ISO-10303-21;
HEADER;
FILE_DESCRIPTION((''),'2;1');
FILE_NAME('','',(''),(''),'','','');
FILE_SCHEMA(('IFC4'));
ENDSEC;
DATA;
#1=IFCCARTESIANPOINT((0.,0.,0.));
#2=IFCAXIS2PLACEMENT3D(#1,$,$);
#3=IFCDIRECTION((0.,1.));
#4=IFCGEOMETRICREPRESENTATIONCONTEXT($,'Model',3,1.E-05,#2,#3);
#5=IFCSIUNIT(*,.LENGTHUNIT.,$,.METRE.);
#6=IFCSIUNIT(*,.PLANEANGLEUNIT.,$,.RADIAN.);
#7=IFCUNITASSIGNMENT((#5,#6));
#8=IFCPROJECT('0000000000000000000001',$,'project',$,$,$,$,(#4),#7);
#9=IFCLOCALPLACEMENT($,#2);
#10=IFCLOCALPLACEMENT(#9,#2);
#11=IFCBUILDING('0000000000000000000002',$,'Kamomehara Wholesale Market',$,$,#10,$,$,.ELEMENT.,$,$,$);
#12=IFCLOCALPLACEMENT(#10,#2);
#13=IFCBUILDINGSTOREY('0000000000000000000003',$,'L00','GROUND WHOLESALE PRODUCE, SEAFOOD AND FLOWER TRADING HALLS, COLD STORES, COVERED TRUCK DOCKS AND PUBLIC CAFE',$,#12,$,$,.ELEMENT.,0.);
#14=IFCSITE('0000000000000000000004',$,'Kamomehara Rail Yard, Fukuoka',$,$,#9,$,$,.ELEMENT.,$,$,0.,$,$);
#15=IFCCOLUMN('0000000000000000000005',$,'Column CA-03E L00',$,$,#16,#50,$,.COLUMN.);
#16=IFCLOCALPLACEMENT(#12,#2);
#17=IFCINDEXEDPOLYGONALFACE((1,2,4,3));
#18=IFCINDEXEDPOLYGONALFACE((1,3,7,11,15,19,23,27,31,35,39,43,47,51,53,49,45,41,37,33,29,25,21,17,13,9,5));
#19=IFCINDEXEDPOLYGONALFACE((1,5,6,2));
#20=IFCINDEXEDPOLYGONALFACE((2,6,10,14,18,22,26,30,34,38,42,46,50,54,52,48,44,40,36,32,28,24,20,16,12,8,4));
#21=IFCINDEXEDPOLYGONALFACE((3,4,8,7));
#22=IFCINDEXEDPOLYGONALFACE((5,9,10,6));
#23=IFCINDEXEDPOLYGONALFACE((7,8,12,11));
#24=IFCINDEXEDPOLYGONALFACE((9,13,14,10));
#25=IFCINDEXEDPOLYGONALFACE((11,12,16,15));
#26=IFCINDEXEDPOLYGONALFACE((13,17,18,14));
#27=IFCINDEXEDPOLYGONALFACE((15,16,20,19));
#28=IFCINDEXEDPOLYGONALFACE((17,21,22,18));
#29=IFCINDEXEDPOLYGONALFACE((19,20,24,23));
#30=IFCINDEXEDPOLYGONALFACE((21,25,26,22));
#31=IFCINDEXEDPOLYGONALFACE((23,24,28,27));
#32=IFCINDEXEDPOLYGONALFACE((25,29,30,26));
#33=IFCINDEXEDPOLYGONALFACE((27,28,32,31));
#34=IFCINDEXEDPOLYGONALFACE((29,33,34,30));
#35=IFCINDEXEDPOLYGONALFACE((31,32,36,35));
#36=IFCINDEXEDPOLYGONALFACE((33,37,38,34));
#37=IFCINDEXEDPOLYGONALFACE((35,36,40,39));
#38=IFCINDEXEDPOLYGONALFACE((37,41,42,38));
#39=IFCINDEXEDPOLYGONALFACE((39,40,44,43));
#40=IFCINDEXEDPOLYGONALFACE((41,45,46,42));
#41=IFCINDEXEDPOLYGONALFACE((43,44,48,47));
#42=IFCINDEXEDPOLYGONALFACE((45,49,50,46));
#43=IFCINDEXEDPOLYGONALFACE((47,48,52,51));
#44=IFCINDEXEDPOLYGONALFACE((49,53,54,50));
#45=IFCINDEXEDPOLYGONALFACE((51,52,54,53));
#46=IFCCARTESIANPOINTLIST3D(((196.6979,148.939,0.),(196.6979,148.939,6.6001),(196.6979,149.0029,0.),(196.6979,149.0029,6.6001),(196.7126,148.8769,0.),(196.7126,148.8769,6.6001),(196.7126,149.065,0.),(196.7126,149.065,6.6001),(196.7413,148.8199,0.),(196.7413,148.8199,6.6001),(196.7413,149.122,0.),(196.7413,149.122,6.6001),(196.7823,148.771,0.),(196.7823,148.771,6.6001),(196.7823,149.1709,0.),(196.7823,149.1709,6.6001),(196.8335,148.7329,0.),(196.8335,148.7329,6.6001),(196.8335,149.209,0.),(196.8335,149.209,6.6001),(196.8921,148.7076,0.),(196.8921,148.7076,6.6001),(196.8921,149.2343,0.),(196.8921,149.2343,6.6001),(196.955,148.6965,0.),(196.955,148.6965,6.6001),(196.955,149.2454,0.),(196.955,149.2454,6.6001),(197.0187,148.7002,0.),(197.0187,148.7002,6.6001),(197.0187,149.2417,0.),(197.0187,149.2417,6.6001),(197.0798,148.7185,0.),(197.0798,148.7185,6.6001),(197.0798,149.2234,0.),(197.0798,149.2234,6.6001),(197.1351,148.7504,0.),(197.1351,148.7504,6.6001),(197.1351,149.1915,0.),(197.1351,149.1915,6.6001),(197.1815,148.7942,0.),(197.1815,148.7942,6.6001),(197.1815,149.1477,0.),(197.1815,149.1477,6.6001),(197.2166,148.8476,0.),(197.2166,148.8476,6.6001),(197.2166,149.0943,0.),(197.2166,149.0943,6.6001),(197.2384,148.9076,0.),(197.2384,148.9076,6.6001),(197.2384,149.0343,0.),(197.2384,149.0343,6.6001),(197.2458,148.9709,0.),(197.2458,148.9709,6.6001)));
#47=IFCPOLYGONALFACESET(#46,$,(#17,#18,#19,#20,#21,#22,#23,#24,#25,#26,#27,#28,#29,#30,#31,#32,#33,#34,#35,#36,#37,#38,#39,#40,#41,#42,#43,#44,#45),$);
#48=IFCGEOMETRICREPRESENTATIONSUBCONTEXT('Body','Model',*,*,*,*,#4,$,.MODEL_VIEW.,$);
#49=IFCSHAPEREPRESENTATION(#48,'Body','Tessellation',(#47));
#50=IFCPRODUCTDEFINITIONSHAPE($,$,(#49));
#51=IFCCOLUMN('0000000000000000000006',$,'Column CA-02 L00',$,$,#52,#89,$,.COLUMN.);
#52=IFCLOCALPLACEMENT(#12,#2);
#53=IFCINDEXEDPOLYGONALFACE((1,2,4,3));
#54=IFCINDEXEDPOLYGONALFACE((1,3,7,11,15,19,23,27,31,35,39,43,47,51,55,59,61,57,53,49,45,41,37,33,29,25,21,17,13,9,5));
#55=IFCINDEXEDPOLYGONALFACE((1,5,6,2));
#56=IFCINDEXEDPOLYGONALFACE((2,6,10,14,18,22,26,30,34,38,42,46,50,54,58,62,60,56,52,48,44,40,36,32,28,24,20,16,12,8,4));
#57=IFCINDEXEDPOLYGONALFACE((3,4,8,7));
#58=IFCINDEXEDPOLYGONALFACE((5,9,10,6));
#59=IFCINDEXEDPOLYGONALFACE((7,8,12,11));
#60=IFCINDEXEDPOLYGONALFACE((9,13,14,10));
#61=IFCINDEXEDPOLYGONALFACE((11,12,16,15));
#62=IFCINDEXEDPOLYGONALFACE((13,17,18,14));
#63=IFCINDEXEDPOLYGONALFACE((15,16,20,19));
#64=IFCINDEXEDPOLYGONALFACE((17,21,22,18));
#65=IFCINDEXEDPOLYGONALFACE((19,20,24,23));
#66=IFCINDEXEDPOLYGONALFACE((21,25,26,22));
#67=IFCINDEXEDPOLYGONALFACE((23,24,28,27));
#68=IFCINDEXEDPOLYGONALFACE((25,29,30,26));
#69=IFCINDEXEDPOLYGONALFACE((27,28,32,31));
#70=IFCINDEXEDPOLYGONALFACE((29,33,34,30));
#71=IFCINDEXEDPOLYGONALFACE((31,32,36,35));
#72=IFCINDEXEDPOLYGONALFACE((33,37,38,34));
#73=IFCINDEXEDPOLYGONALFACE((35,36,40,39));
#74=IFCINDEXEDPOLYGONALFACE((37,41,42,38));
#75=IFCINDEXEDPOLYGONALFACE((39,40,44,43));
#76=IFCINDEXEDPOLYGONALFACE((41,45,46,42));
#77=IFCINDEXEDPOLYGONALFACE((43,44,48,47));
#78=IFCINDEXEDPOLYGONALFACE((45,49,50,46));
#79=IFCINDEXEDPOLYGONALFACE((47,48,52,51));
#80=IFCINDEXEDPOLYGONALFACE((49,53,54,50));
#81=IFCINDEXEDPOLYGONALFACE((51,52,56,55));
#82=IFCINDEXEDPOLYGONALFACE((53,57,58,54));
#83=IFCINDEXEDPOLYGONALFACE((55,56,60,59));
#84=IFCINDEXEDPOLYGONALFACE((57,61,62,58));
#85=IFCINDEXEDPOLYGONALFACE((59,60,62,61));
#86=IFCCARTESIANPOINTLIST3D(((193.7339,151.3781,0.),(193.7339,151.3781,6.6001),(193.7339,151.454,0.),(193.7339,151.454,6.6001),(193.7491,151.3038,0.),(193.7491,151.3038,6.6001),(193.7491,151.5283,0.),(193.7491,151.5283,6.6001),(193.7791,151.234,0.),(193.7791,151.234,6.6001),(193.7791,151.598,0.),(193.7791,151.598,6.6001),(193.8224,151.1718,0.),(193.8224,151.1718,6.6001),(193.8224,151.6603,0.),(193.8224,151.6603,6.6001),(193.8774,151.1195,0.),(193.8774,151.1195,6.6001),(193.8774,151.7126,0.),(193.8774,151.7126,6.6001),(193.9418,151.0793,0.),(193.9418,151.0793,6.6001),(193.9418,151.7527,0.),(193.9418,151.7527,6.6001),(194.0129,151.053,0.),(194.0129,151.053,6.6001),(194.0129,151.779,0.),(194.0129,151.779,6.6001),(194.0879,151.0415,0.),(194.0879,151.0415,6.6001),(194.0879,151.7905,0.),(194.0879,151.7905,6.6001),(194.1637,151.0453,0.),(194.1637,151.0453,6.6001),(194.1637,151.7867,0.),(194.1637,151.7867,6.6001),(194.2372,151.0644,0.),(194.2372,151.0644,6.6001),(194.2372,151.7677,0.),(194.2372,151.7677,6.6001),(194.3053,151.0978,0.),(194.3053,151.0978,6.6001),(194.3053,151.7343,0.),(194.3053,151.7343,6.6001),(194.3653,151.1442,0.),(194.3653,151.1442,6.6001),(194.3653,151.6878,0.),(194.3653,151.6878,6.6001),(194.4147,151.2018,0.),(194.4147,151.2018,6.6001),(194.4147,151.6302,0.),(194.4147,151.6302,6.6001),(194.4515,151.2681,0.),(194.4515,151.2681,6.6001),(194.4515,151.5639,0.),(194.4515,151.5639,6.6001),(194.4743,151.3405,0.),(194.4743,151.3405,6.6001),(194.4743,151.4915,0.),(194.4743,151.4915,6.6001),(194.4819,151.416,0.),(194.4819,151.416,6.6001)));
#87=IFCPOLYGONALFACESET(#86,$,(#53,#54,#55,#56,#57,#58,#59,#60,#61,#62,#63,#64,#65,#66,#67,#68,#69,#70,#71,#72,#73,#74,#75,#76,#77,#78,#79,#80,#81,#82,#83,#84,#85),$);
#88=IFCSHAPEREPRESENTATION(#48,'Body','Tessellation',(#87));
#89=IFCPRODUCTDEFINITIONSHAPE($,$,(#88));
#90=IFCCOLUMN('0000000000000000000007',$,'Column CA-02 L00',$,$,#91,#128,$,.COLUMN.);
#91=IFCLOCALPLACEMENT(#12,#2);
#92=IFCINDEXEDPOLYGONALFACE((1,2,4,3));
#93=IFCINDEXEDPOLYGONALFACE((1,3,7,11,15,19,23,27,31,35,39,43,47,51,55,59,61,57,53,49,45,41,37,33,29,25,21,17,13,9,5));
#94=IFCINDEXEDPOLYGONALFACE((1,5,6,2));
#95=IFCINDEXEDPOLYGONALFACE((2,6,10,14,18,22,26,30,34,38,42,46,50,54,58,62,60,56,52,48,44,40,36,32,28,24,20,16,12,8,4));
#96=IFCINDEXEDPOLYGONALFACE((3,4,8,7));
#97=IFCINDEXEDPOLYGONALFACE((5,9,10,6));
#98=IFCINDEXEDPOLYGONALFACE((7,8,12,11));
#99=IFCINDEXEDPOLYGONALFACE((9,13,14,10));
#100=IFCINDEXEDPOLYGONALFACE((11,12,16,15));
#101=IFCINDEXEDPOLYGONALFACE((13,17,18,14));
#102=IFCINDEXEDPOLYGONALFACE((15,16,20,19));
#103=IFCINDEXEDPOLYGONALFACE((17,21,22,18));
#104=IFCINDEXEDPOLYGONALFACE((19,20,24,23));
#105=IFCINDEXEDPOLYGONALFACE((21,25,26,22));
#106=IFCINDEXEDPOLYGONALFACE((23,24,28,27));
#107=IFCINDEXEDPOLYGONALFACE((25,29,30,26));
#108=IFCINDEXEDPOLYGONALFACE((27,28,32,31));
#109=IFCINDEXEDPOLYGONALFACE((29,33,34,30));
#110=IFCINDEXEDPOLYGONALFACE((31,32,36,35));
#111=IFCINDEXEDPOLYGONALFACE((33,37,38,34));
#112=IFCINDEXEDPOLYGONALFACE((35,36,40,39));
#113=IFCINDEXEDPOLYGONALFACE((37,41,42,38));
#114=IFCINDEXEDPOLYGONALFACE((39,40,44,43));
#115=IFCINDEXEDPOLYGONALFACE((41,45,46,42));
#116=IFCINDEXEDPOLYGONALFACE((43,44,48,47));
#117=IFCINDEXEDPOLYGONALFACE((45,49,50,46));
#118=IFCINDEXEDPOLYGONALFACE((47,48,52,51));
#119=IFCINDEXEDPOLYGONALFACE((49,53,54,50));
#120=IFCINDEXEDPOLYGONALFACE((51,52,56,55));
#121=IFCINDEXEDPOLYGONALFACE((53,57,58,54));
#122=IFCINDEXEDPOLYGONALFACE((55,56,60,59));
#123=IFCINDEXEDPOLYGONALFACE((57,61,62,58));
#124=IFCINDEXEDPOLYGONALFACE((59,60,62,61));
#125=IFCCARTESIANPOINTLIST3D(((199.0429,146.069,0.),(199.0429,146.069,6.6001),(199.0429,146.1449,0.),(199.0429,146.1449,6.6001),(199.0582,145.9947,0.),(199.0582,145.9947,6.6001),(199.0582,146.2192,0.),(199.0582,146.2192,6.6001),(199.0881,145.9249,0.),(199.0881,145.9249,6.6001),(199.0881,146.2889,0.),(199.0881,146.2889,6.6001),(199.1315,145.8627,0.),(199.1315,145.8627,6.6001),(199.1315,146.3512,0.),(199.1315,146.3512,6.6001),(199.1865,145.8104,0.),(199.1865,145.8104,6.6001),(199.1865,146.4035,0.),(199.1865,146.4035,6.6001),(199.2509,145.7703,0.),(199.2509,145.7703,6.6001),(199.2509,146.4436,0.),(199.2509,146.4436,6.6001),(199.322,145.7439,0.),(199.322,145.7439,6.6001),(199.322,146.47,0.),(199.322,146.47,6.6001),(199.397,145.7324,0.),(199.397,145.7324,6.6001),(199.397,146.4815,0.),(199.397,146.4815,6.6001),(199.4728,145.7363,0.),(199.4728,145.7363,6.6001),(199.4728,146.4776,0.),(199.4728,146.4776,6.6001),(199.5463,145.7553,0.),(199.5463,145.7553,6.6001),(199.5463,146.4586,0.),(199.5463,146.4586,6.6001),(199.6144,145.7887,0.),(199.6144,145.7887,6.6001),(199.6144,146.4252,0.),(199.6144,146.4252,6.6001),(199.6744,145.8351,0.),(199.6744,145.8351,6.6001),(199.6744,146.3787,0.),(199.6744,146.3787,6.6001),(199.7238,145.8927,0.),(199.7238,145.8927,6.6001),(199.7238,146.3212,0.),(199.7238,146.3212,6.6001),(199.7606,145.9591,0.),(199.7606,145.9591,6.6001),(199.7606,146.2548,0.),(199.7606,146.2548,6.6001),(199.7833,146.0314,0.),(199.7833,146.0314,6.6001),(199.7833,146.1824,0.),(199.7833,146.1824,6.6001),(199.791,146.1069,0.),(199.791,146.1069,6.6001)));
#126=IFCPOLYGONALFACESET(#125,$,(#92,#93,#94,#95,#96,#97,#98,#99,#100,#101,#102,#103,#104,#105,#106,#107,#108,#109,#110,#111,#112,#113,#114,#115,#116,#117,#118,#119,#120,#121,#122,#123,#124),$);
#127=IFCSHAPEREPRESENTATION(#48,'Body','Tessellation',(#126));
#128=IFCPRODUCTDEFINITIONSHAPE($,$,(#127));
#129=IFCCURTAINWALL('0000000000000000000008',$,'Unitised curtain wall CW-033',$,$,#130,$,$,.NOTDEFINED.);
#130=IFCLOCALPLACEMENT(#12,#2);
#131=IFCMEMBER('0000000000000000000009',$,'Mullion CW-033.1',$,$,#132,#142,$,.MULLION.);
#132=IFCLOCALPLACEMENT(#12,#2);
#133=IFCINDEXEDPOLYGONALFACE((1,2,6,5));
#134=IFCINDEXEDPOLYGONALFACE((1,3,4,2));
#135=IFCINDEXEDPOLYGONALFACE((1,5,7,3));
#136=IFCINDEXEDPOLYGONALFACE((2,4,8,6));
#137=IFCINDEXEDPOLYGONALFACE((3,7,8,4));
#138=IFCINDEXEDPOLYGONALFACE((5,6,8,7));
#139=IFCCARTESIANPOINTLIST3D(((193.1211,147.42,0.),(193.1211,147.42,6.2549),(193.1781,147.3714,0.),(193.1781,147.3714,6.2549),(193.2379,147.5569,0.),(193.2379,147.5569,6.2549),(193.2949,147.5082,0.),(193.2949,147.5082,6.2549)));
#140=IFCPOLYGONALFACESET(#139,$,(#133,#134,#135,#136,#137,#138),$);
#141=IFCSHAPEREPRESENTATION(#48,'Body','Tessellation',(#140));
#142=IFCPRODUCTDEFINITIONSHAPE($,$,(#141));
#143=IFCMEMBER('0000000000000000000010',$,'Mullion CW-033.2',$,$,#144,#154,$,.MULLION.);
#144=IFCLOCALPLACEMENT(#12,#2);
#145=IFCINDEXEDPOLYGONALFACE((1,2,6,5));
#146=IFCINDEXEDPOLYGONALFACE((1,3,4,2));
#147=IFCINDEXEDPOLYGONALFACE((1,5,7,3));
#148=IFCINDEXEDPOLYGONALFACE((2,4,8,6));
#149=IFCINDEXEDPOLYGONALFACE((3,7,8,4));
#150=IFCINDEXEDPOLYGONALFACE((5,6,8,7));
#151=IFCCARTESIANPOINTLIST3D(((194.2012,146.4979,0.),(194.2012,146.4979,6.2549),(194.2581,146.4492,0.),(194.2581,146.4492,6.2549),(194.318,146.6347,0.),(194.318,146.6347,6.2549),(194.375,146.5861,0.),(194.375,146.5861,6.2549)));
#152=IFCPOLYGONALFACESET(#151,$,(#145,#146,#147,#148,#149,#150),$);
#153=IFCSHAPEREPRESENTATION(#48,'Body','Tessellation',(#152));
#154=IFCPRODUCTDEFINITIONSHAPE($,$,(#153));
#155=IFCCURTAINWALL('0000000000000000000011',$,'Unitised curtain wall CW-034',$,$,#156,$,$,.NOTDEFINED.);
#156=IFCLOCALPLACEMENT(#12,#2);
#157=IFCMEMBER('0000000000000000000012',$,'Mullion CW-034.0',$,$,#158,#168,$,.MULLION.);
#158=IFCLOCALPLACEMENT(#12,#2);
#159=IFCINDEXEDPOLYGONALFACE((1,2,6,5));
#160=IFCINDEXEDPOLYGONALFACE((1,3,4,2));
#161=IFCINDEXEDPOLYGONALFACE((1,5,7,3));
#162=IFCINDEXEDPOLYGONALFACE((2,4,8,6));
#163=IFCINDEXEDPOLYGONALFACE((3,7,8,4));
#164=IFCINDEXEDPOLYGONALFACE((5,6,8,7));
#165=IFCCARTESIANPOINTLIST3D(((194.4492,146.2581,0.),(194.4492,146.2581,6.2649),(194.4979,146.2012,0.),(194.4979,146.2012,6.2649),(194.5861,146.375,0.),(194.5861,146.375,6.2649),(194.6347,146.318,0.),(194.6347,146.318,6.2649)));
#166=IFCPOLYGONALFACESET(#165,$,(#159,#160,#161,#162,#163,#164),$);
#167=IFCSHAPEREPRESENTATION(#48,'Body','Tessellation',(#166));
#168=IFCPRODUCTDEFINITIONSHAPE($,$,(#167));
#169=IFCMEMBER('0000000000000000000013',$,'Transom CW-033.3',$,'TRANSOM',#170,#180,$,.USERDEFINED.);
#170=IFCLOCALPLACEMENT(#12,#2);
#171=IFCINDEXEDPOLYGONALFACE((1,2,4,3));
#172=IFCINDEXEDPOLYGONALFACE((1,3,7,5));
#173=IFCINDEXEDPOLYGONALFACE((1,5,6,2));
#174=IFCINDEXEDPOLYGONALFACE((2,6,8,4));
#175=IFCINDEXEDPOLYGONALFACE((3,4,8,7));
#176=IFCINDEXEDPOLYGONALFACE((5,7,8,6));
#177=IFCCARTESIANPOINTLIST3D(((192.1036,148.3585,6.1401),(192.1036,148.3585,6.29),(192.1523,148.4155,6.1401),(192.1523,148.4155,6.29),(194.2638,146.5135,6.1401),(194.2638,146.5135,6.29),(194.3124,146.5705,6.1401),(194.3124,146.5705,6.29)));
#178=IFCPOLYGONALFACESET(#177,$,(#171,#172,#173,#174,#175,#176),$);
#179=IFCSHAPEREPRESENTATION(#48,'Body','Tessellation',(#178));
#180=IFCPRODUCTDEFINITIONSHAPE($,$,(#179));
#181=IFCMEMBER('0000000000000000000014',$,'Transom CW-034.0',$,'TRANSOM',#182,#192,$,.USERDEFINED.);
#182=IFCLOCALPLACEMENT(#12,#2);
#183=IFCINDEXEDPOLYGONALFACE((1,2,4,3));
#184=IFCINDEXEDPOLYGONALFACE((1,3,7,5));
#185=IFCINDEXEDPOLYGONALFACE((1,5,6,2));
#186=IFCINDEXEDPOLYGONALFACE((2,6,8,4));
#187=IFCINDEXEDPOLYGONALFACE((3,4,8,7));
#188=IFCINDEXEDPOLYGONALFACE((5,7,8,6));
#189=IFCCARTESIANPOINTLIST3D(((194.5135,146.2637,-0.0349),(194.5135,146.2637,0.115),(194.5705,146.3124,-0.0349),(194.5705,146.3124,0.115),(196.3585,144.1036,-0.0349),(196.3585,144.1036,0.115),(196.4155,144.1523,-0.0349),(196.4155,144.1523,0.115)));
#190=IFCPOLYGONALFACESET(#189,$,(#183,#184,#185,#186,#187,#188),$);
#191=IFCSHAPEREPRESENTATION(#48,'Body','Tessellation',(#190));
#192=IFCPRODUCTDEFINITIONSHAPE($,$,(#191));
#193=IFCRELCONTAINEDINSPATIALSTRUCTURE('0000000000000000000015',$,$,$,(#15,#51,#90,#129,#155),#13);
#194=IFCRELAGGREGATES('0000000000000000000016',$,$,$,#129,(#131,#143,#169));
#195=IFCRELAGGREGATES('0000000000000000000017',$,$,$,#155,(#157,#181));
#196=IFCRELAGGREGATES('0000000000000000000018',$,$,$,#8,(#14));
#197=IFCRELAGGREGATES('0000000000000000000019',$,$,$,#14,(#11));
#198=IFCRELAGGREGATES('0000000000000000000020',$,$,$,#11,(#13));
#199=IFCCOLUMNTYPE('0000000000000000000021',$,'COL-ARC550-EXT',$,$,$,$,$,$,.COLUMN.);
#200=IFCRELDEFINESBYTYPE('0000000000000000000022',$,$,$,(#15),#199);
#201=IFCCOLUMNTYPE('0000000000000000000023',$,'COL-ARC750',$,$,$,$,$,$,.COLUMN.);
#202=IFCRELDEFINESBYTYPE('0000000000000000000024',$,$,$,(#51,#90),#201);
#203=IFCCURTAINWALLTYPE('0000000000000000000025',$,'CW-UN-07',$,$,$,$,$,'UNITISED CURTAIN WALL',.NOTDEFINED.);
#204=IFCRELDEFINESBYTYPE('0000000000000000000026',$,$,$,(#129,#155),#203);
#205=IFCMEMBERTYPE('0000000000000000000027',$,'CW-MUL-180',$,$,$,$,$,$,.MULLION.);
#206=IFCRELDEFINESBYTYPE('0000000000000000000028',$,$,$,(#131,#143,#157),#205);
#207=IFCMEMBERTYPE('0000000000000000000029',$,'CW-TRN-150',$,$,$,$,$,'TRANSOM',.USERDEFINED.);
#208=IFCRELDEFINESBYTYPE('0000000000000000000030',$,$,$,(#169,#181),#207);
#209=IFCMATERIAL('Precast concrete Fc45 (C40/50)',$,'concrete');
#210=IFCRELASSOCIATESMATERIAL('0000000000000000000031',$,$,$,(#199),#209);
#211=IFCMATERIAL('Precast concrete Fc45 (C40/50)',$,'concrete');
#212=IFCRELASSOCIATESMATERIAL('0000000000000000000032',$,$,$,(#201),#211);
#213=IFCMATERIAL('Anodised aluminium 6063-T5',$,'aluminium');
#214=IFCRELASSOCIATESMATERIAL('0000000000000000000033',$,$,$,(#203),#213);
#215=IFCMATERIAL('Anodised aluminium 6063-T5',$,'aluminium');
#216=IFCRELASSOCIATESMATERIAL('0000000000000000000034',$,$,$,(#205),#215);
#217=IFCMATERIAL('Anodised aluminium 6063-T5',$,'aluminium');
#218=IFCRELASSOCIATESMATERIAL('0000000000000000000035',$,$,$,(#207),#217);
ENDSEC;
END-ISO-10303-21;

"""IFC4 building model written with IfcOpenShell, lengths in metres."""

from ifc_helpers import new_model, si_unit, direction, frame, origin, origin_2d, place, context, subcontext, project, spatial, rectangle, circle, extrude, material, material_profile, profile_set, type_object, element, aggregate, save


model = new_model("IFC4")

# Units and contexts
model_context = context("Model", 3, precision=1e-05, world=origin(), true_north=direction((0.0, 1.0)))
body_context = subcontext(model_context, "Body", "Model", "MODEL_VIEW")
ifc_project = project(units=[si_unit("LENGTHUNIT", "METRE"), si_unit("PLANEANGLEUNIT", "RADIAN")], contexts=[model_context])

# Site, building, storey
site_placement = place(None, origin())
site = spatial("IfcSite", under=ifc_project, at=site_placement, Name="Kamomehara Rail Yard, Fukuoka", CompositionType="ELEMENT", RefElevation=0.0)
building_placement = place(site_placement, origin())
building = spatial("IfcBuilding", under=site, at=building_placement, Name="Kamomehara Wholesale Market", CompositionType="ELEMENT")
storey_placement = place(building_placement, origin())
storey = spatial("IfcBuildingStorey", under=building, at=storey_placement, Name="L00", Description="GROUND WHOLESALE PRODUCE, SEAFOOD AND FLOWER TRADING HALLS, COLD STORES, COVERED TRUCK DOCKS AND PUBLIC CAFE", CompositionType="ELEMENT", Elevation=0.0)

# Columns
ifc_material_1 = material(Name="Precast concrete Fc45 (C40/50)", Category="concrete")
ifc_material_profile_1 = material_profile(ifc_material_1, circle(Radius=0.2749, at=origin_2d()), Name="PC-ARC-D550")
ifc_profile_set_1 = profile_set([ifc_material_profile_1], Name="Precast concrete Fc45 (C40/50)")
column_type_1 = type_object("IfcColumnType", Name="COL-ARC550-EXT", PredefinedType="COLUMN", material=ifc_profile_set_1)
column_placement = place(storey_placement, frame((196.9709, 148.9709, 0.0), z_axis=(0.0, 0.0, 1.0), x_axis=(1.0, 0.0, 0.0)))
element("IfcColumn", 1, at=column_placement, inside=storey, type_object=column_type_1, Name="Column CA-03E L00", PredefinedType="COLUMN", context=body_context, shape_type="SweptSolid", body=[
    extrude(circle(Radius=0.2749, at=origin_2d()), origin(), (0.0, 0.0, 1.0), 6.6001),
])
ifc_material_2 = material(Name="Precast concrete Fc45 (C40/50)", Category="concrete")
ifc_material_profile_2 = material_profile(ifc_material_2, circle(Radius=0.375, at=origin_2d()), Name="PC-ARC-D750")
ifc_profile_set_2 = profile_set([ifc_material_profile_2], Name="Precast concrete Fc45 (C40/50)")
column_type_2 = type_object("IfcColumnType", Name="COL-ARC750", PredefinedType="COLUMN", material=ifc_profile_set_2)
for number, where, z_axis, x_axis, name in (
    (2, (194.1069, 151.416, 0.0), (0.0, 0.0, 1.0), (1.0, 0.0, 0.0), "Column CA-02 L00"),
    (3, (199.416, 146.1069, 0.0), (0.0, 0.0, 1.0), (1.0, 0.0, 0.0), "Column CA-02 L00"),
):
    element("IfcColumn", number, at=place(storey_placement, frame(where, z_axis=z_axis, x_axis=x_axis)), inside=storey, type_object=column_type_2, Name=name, PredefinedType="COLUMN", context=body_context, shape_type="SweptSolid", body=[
        extrude(circle(Radius=0.375, at=origin_2d()), origin(), (0.0, 0.0, 1.0), 6.6001),
    ])

# Curtain wall, members
ifc_material_3 = material(Name="Anodised aluminium 6063-T5", Category="aluminium")
curtain_wall_type = type_object("IfcCurtainWallType", Name="CW-UN-07", ElementType="UNITISED CURTAIN WALL", PredefinedType="NOTDEFINED", material=ifc_material_3)
curtain_wall_1_placement = place(storey_placement, origin())
curtain_wall_1 = element("IfcCurtainWall", 4, at=curtain_wall_1_placement, inside=storey, type_object=curtain_wall_type, Name="Unitised curtain wall CW-033", PredefinedType="NOTDEFINED")
ifc_material_4 = material(Name="Anodised aluminium 6063-T5", Category="aluminium")
ifc_material_profile_3 = material_profile(ifc_material_4, rectangle(XDim=0.075, YDim=0.1799, at=origin_2d()), Name="ALU-MUL-75x180")
ifc_profile_set_3 = profile_set([ifc_material_profile_3], Name="Anodised aluminium 6063-T5")
member_type_1 = type_object("IfcMemberType", Name="CW-MUL-180", PredefinedType="MULLION", material=ifc_profile_set_3)
member_1_placement = place(storey_placement, frame((193.208, 147.4641, 0.0), z_axis=(0.0, 0.0, 1.0), x_axis=(0.760374, -0.649485, 0.0)))
member_1 = element("IfcMember", 5, at=member_1_placement, type_object=member_type_1, Name="Mullion CW-033.1", PredefinedType="MULLION", context=body_context, shape_type="SweptSolid", body=[
    extrude(rectangle(XDim=0.075, YDim=0.1799, at=origin_2d()), origin(), (0.0, 0.0, 1.0), 6.2549),
])
member_2_placement = place(storey_placement, frame((194.2881, 146.542, 0.0), z_axis=(0.0, 0.0, 1.0), x_axis=(0.760374, -0.649485, 0.0)))
member_2 = element("IfcMember", 6, at=member_2_placement, type_object=member_type_1, Name="Mullion CW-033.2", PredefinedType="MULLION", context=body_context, shape_type="SweptSolid", body=[
    extrude(rectangle(XDim=0.075, YDim=0.1799, at=origin_2d()), origin(), (0.0, 0.0, 1.0), 6.2549),
])

# Curtain wall, member
curtain_wall_2_placement = place(storey_placement, origin())
curtain_wall_2 = element("IfcCurtainWall", 7, at=curtain_wall_2_placement, inside=storey, type_object=curtain_wall_type, Name="Unitised curtain wall CW-034", PredefinedType="NOTDEFINED")
member_3_placement = place(storey_placement, frame((194.542, 146.2881, 0.0), z_axis=(0.0, 0.0, 1.0), x_axis=(0.649485, -0.760374, 0.0)))
member_3 = element("IfcMember", 8, at=member_3_placement, type_object=member_type_1, Name="Mullion CW-034.0", PredefinedType="MULLION", context=body_context, shape_type="SweptSolid", body=[
    extrude(rectangle(XDim=0.075, YDim=0.1799, at=origin_2d()), origin(), (0.0, 0.0, 1.0), 6.2649),
])

# Members
ifc_material_5 = material(Name="Anodised aluminium 6063-T5", Category="aluminium")
ifc_material_profile_4 = material_profile(ifc_material_5, rectangle(XDim=0.075, YDim=0.1499, at=origin_2d()), Name="ALU-TRN-75x150")
ifc_profile_set_4 = profile_set([ifc_material_profile_4], Name="Anodised aluminium 6063-T5")
member_type_2 = type_object("IfcMemberType", Name="CW-TRN-150", ElementType="TRANSOM", PredefinedType="USERDEFINED", material=ifc_profile_set_4)
member_4_placement = place(storey_placement, frame((192.1279, 148.387, 6.2151), z_axis=(0.760402, -0.649453, 0.0), x_axis=(0.649453, 0.760402, 0.0)))
member_4 = element("IfcMember", 9, at=member_4_placement, type_object=member_type_2, Name="Transom CW-033.3", ObjectType="TRANSOM", PredefinedType="USERDEFINED", context=body_context, shape_type="SweptSolid", body=[
    extrude(rectangle(XDim=0.075, YDim=0.1499, at=origin_2d()), origin(), (0.0, 0.0, 1.0), 2.8408),
])
member_5_placement = place(storey_placement, frame((194.542, 146.2881, 0.04), z_axis=(0.649453, -0.760402, 0.0), x_axis=(0.760402, 0.649453, 0.0)))
member_5 = element("IfcMember", 10, at=member_5_placement, type_object=member_type_2, Name="Transom CW-034.0", ObjectType="TRANSOM", PredefinedType="USERDEFINED", context=body_context, shape_type="SweptSolid", body=[
    extrude(rectangle(XDim=0.075, YDim=0.1499, at=origin_2d()), origin(), (0.0, 0.0, 1.0), 2.8408),
])

aggregate(curtain_wall_1, [member_1, member_2, member_4])
aggregate(curtain_wall_2, [member_3, member_5])

save(model, "model.ifc")
